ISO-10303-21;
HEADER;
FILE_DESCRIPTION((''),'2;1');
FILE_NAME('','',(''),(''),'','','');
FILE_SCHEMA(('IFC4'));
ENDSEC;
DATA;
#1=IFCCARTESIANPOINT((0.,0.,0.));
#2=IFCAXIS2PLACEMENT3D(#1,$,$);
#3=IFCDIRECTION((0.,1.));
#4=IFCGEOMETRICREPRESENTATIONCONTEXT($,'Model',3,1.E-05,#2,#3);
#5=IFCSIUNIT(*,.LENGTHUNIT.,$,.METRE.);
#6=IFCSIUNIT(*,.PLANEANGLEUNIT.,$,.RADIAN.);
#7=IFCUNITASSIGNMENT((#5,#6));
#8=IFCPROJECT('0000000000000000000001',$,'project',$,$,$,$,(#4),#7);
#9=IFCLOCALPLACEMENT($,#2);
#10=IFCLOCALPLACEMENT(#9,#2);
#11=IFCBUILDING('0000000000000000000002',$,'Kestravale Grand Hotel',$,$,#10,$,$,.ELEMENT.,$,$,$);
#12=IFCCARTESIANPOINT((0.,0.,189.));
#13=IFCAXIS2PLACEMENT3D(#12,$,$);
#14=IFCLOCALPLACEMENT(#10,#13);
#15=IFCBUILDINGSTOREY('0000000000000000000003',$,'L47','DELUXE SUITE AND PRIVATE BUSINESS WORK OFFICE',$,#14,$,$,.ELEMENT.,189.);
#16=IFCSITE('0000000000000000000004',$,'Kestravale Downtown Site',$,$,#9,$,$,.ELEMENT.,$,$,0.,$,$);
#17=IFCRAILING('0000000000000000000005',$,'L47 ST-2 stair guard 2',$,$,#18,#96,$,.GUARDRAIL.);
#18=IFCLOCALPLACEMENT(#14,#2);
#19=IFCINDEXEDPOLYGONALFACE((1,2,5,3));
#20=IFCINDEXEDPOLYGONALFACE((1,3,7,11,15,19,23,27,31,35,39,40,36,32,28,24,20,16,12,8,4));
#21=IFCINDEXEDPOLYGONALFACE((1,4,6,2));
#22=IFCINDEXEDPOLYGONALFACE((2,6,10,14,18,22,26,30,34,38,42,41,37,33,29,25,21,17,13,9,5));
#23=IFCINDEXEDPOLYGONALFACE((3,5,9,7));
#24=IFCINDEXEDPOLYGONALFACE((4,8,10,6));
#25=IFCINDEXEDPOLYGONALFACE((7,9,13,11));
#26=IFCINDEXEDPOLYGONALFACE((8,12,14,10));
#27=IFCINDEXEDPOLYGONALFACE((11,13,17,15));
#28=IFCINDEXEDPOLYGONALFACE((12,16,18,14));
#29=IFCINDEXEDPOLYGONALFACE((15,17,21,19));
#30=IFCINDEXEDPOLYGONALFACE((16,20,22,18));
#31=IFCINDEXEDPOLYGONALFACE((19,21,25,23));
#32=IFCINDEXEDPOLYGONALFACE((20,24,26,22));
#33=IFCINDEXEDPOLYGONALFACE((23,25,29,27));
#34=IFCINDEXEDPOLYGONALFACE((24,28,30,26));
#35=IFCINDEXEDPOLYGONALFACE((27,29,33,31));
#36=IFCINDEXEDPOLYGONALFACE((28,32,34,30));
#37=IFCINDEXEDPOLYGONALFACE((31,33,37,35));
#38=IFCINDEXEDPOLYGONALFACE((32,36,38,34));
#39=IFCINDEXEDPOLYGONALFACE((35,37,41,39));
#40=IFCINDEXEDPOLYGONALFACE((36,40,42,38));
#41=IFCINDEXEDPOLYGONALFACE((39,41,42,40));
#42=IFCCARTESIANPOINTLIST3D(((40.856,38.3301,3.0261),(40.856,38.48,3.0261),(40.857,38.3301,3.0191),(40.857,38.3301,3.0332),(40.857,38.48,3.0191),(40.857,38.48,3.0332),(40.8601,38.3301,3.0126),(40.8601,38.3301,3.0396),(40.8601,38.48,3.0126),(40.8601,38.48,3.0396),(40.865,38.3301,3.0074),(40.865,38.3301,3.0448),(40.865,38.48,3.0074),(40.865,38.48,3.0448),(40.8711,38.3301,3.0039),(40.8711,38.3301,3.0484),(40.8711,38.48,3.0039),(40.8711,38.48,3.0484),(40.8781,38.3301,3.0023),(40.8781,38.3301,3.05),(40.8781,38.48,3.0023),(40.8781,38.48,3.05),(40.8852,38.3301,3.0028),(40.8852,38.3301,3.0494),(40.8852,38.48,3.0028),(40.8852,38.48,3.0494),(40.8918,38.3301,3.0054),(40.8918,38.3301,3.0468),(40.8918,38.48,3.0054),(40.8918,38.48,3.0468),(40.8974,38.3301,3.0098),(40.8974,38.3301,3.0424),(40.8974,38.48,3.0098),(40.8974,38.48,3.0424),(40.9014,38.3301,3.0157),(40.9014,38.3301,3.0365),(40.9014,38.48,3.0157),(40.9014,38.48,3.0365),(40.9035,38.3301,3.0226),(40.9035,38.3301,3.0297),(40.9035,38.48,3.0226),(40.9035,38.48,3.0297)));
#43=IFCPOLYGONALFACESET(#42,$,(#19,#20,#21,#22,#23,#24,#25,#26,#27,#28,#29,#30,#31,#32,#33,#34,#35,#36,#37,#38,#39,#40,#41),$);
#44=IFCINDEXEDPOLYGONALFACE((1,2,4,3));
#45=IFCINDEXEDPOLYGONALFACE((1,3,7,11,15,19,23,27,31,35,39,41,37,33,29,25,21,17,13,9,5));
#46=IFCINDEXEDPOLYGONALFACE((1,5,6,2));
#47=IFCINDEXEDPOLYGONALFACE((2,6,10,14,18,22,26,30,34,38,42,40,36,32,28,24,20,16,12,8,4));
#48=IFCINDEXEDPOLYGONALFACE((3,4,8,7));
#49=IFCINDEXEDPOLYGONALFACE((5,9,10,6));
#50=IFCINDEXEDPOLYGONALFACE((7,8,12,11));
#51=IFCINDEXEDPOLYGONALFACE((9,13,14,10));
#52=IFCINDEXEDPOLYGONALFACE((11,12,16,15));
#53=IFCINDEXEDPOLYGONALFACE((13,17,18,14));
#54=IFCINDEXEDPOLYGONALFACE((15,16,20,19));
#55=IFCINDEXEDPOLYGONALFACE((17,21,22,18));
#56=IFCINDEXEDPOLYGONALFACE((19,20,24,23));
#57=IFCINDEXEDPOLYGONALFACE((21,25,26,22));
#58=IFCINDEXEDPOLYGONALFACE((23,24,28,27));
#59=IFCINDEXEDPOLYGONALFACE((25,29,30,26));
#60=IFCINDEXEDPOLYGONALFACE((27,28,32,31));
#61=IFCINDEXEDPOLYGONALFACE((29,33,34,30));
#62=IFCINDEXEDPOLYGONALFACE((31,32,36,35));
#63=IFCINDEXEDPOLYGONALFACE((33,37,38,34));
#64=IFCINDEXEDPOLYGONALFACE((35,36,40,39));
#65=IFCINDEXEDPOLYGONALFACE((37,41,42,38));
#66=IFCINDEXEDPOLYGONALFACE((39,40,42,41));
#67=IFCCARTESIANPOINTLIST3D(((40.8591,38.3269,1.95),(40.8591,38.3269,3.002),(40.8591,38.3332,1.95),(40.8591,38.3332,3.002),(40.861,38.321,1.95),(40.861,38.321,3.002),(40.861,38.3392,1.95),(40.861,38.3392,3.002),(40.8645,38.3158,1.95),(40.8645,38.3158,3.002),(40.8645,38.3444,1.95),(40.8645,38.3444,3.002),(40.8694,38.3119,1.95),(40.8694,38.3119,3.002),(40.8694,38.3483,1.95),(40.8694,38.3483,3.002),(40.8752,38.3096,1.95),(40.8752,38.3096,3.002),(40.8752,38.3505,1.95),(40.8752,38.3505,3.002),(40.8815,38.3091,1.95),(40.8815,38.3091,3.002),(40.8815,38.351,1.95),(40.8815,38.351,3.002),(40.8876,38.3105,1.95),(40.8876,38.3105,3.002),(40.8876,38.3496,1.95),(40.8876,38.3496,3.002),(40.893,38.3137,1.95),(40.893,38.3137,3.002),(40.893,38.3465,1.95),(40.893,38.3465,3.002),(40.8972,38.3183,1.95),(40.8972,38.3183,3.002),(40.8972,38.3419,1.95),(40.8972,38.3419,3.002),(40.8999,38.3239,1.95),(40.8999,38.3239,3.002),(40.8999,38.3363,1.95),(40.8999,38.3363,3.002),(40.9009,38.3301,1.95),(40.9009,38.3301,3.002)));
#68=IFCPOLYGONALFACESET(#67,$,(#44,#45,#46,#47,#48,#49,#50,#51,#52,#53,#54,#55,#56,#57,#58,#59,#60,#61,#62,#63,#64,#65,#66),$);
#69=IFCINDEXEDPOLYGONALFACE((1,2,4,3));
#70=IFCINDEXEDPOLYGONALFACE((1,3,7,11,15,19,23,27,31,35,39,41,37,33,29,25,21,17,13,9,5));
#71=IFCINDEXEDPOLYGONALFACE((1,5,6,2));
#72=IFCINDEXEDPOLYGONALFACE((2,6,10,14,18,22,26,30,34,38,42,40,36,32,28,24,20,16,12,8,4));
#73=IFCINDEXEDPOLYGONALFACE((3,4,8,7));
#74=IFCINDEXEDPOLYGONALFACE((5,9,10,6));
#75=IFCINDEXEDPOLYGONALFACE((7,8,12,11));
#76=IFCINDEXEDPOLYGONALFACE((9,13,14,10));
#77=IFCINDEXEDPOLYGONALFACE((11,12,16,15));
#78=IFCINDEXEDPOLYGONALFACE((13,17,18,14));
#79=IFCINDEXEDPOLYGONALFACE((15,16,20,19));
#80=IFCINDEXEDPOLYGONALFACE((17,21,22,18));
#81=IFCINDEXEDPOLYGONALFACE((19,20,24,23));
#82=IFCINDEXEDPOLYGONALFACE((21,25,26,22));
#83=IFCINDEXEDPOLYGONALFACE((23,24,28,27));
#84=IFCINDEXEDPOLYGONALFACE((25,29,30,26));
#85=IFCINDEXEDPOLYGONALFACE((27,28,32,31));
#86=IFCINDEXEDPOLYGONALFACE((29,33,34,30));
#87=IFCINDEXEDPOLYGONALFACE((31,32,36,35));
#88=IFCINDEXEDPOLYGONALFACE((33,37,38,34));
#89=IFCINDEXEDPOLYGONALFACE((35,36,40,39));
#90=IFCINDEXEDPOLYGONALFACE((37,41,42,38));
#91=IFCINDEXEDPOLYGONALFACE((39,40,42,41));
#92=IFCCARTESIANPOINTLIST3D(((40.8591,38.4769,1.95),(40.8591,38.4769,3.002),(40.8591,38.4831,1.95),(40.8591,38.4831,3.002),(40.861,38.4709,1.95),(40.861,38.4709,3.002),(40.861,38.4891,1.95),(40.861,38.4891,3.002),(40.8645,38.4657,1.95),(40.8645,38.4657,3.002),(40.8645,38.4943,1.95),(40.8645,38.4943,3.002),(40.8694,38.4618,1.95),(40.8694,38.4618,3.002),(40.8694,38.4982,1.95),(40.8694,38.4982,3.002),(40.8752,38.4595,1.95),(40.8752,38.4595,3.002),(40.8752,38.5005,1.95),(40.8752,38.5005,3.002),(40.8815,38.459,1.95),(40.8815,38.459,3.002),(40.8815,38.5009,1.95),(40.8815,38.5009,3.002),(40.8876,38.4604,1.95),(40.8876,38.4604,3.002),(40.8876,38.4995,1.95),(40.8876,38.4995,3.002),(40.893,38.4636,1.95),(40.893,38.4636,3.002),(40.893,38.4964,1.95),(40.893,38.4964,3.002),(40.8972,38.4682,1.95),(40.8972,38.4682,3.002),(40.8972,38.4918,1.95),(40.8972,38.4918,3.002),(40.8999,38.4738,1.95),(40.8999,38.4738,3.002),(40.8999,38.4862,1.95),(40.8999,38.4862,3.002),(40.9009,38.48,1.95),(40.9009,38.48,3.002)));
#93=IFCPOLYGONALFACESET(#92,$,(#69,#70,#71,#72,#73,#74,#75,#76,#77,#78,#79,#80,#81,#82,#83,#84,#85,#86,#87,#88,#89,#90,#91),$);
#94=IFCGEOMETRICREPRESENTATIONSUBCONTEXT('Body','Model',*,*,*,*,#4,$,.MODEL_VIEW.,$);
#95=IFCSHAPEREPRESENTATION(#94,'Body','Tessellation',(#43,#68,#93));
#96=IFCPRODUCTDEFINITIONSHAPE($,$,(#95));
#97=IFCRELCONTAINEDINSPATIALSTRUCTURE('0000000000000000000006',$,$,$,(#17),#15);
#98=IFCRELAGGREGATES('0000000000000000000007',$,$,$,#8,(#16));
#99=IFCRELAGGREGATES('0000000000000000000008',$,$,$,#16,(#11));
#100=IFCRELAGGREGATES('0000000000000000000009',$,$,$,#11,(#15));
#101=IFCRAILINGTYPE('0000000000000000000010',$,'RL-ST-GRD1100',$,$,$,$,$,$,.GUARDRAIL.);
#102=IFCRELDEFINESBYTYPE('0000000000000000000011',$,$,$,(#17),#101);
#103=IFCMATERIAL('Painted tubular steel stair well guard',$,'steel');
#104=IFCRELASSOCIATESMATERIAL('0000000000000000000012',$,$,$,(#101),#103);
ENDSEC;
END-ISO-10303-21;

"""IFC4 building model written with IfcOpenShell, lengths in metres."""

from ifc_helpers import new_model, si_unit, direction, frame, origin, origin_2d, place, context, subcontext, project, spatial, circle, extrude, material, type_object, element, save


model = new_model("IFC4")

# Units and contexts
model_context = context("Model", 3, precision=1e-05, world=origin(), true_north=direction((0.0, 1.0)))
body_context = subcontext(model_context, "Body", "Model", "MODEL_VIEW")
ifc_project = project(units=[si_unit("LENGTHUNIT", "METRE"), si_unit("PLANEANGLEUNIT", "RADIAN")], contexts=[model_context])

# Site, building, storey
site_placement = place(None, origin())
site = spatial("IfcSite", under=ifc_project, at=site_placement, Name="Kestravale Downtown Site", CompositionType="ELEMENT", RefElevation=0.0)
building_placement = place(site_placement, origin())
building = spatial("IfcBuilding", under=site, at=building_placement, Name="Kestravale Grand Hotel", CompositionType="ELEMENT")
storey_placement = place(building_placement, frame((0.0, 0.0, 189.0)))
storey = spatial("IfcBuildingStorey", under=building, at=storey_placement, Name="L47", Description="DELUXE SUITE AND PRIVATE BUSINESS WORK OFFICE", CompositionType="ELEMENT", Elevation=189.0)

# Railing
ifc_material_1 = material(Name="Painted tubular steel stair well guard", Category="steel")
railing_type_1 = type_object("IfcRailingType", Name="RL-ST-GRD1100", PredefinedType="GUARDRAIL", material=ifc_material_1)
railing_1_placement = place(storey_placement, frame((40.8799, 38.3301, 1.95)))
element("IfcRailing", 1, at=railing_1_placement, inside=storey, type_object=railing_type_1, Name="L47 ST-2 stair guard 2", PredefinedType="GUARDRAIL", context=body_context, shape_type="SweptSolid", body=[
    extrude(circle(Radius=0.0239, at=origin_2d()), frame((0.0, 0.0, 1.0762), z_axis=(0.0, 1.0, 0.0), x_axis=(-1.0, 0.0, 0.0)), (0.0, 0.0, 1.0), 0.1499),
    extrude(circle(Radius=0.021, at=origin_2d()), origin(), (0.0, 0.0, 1.0), 1.052),
    extrude(circle(Radius=0.021, at=origin_2d()), frame((0.0, 0.1499, 0.0)), (0.0, 0.0, 1.0), 1.052),
])

save(model, "model.ifc")
